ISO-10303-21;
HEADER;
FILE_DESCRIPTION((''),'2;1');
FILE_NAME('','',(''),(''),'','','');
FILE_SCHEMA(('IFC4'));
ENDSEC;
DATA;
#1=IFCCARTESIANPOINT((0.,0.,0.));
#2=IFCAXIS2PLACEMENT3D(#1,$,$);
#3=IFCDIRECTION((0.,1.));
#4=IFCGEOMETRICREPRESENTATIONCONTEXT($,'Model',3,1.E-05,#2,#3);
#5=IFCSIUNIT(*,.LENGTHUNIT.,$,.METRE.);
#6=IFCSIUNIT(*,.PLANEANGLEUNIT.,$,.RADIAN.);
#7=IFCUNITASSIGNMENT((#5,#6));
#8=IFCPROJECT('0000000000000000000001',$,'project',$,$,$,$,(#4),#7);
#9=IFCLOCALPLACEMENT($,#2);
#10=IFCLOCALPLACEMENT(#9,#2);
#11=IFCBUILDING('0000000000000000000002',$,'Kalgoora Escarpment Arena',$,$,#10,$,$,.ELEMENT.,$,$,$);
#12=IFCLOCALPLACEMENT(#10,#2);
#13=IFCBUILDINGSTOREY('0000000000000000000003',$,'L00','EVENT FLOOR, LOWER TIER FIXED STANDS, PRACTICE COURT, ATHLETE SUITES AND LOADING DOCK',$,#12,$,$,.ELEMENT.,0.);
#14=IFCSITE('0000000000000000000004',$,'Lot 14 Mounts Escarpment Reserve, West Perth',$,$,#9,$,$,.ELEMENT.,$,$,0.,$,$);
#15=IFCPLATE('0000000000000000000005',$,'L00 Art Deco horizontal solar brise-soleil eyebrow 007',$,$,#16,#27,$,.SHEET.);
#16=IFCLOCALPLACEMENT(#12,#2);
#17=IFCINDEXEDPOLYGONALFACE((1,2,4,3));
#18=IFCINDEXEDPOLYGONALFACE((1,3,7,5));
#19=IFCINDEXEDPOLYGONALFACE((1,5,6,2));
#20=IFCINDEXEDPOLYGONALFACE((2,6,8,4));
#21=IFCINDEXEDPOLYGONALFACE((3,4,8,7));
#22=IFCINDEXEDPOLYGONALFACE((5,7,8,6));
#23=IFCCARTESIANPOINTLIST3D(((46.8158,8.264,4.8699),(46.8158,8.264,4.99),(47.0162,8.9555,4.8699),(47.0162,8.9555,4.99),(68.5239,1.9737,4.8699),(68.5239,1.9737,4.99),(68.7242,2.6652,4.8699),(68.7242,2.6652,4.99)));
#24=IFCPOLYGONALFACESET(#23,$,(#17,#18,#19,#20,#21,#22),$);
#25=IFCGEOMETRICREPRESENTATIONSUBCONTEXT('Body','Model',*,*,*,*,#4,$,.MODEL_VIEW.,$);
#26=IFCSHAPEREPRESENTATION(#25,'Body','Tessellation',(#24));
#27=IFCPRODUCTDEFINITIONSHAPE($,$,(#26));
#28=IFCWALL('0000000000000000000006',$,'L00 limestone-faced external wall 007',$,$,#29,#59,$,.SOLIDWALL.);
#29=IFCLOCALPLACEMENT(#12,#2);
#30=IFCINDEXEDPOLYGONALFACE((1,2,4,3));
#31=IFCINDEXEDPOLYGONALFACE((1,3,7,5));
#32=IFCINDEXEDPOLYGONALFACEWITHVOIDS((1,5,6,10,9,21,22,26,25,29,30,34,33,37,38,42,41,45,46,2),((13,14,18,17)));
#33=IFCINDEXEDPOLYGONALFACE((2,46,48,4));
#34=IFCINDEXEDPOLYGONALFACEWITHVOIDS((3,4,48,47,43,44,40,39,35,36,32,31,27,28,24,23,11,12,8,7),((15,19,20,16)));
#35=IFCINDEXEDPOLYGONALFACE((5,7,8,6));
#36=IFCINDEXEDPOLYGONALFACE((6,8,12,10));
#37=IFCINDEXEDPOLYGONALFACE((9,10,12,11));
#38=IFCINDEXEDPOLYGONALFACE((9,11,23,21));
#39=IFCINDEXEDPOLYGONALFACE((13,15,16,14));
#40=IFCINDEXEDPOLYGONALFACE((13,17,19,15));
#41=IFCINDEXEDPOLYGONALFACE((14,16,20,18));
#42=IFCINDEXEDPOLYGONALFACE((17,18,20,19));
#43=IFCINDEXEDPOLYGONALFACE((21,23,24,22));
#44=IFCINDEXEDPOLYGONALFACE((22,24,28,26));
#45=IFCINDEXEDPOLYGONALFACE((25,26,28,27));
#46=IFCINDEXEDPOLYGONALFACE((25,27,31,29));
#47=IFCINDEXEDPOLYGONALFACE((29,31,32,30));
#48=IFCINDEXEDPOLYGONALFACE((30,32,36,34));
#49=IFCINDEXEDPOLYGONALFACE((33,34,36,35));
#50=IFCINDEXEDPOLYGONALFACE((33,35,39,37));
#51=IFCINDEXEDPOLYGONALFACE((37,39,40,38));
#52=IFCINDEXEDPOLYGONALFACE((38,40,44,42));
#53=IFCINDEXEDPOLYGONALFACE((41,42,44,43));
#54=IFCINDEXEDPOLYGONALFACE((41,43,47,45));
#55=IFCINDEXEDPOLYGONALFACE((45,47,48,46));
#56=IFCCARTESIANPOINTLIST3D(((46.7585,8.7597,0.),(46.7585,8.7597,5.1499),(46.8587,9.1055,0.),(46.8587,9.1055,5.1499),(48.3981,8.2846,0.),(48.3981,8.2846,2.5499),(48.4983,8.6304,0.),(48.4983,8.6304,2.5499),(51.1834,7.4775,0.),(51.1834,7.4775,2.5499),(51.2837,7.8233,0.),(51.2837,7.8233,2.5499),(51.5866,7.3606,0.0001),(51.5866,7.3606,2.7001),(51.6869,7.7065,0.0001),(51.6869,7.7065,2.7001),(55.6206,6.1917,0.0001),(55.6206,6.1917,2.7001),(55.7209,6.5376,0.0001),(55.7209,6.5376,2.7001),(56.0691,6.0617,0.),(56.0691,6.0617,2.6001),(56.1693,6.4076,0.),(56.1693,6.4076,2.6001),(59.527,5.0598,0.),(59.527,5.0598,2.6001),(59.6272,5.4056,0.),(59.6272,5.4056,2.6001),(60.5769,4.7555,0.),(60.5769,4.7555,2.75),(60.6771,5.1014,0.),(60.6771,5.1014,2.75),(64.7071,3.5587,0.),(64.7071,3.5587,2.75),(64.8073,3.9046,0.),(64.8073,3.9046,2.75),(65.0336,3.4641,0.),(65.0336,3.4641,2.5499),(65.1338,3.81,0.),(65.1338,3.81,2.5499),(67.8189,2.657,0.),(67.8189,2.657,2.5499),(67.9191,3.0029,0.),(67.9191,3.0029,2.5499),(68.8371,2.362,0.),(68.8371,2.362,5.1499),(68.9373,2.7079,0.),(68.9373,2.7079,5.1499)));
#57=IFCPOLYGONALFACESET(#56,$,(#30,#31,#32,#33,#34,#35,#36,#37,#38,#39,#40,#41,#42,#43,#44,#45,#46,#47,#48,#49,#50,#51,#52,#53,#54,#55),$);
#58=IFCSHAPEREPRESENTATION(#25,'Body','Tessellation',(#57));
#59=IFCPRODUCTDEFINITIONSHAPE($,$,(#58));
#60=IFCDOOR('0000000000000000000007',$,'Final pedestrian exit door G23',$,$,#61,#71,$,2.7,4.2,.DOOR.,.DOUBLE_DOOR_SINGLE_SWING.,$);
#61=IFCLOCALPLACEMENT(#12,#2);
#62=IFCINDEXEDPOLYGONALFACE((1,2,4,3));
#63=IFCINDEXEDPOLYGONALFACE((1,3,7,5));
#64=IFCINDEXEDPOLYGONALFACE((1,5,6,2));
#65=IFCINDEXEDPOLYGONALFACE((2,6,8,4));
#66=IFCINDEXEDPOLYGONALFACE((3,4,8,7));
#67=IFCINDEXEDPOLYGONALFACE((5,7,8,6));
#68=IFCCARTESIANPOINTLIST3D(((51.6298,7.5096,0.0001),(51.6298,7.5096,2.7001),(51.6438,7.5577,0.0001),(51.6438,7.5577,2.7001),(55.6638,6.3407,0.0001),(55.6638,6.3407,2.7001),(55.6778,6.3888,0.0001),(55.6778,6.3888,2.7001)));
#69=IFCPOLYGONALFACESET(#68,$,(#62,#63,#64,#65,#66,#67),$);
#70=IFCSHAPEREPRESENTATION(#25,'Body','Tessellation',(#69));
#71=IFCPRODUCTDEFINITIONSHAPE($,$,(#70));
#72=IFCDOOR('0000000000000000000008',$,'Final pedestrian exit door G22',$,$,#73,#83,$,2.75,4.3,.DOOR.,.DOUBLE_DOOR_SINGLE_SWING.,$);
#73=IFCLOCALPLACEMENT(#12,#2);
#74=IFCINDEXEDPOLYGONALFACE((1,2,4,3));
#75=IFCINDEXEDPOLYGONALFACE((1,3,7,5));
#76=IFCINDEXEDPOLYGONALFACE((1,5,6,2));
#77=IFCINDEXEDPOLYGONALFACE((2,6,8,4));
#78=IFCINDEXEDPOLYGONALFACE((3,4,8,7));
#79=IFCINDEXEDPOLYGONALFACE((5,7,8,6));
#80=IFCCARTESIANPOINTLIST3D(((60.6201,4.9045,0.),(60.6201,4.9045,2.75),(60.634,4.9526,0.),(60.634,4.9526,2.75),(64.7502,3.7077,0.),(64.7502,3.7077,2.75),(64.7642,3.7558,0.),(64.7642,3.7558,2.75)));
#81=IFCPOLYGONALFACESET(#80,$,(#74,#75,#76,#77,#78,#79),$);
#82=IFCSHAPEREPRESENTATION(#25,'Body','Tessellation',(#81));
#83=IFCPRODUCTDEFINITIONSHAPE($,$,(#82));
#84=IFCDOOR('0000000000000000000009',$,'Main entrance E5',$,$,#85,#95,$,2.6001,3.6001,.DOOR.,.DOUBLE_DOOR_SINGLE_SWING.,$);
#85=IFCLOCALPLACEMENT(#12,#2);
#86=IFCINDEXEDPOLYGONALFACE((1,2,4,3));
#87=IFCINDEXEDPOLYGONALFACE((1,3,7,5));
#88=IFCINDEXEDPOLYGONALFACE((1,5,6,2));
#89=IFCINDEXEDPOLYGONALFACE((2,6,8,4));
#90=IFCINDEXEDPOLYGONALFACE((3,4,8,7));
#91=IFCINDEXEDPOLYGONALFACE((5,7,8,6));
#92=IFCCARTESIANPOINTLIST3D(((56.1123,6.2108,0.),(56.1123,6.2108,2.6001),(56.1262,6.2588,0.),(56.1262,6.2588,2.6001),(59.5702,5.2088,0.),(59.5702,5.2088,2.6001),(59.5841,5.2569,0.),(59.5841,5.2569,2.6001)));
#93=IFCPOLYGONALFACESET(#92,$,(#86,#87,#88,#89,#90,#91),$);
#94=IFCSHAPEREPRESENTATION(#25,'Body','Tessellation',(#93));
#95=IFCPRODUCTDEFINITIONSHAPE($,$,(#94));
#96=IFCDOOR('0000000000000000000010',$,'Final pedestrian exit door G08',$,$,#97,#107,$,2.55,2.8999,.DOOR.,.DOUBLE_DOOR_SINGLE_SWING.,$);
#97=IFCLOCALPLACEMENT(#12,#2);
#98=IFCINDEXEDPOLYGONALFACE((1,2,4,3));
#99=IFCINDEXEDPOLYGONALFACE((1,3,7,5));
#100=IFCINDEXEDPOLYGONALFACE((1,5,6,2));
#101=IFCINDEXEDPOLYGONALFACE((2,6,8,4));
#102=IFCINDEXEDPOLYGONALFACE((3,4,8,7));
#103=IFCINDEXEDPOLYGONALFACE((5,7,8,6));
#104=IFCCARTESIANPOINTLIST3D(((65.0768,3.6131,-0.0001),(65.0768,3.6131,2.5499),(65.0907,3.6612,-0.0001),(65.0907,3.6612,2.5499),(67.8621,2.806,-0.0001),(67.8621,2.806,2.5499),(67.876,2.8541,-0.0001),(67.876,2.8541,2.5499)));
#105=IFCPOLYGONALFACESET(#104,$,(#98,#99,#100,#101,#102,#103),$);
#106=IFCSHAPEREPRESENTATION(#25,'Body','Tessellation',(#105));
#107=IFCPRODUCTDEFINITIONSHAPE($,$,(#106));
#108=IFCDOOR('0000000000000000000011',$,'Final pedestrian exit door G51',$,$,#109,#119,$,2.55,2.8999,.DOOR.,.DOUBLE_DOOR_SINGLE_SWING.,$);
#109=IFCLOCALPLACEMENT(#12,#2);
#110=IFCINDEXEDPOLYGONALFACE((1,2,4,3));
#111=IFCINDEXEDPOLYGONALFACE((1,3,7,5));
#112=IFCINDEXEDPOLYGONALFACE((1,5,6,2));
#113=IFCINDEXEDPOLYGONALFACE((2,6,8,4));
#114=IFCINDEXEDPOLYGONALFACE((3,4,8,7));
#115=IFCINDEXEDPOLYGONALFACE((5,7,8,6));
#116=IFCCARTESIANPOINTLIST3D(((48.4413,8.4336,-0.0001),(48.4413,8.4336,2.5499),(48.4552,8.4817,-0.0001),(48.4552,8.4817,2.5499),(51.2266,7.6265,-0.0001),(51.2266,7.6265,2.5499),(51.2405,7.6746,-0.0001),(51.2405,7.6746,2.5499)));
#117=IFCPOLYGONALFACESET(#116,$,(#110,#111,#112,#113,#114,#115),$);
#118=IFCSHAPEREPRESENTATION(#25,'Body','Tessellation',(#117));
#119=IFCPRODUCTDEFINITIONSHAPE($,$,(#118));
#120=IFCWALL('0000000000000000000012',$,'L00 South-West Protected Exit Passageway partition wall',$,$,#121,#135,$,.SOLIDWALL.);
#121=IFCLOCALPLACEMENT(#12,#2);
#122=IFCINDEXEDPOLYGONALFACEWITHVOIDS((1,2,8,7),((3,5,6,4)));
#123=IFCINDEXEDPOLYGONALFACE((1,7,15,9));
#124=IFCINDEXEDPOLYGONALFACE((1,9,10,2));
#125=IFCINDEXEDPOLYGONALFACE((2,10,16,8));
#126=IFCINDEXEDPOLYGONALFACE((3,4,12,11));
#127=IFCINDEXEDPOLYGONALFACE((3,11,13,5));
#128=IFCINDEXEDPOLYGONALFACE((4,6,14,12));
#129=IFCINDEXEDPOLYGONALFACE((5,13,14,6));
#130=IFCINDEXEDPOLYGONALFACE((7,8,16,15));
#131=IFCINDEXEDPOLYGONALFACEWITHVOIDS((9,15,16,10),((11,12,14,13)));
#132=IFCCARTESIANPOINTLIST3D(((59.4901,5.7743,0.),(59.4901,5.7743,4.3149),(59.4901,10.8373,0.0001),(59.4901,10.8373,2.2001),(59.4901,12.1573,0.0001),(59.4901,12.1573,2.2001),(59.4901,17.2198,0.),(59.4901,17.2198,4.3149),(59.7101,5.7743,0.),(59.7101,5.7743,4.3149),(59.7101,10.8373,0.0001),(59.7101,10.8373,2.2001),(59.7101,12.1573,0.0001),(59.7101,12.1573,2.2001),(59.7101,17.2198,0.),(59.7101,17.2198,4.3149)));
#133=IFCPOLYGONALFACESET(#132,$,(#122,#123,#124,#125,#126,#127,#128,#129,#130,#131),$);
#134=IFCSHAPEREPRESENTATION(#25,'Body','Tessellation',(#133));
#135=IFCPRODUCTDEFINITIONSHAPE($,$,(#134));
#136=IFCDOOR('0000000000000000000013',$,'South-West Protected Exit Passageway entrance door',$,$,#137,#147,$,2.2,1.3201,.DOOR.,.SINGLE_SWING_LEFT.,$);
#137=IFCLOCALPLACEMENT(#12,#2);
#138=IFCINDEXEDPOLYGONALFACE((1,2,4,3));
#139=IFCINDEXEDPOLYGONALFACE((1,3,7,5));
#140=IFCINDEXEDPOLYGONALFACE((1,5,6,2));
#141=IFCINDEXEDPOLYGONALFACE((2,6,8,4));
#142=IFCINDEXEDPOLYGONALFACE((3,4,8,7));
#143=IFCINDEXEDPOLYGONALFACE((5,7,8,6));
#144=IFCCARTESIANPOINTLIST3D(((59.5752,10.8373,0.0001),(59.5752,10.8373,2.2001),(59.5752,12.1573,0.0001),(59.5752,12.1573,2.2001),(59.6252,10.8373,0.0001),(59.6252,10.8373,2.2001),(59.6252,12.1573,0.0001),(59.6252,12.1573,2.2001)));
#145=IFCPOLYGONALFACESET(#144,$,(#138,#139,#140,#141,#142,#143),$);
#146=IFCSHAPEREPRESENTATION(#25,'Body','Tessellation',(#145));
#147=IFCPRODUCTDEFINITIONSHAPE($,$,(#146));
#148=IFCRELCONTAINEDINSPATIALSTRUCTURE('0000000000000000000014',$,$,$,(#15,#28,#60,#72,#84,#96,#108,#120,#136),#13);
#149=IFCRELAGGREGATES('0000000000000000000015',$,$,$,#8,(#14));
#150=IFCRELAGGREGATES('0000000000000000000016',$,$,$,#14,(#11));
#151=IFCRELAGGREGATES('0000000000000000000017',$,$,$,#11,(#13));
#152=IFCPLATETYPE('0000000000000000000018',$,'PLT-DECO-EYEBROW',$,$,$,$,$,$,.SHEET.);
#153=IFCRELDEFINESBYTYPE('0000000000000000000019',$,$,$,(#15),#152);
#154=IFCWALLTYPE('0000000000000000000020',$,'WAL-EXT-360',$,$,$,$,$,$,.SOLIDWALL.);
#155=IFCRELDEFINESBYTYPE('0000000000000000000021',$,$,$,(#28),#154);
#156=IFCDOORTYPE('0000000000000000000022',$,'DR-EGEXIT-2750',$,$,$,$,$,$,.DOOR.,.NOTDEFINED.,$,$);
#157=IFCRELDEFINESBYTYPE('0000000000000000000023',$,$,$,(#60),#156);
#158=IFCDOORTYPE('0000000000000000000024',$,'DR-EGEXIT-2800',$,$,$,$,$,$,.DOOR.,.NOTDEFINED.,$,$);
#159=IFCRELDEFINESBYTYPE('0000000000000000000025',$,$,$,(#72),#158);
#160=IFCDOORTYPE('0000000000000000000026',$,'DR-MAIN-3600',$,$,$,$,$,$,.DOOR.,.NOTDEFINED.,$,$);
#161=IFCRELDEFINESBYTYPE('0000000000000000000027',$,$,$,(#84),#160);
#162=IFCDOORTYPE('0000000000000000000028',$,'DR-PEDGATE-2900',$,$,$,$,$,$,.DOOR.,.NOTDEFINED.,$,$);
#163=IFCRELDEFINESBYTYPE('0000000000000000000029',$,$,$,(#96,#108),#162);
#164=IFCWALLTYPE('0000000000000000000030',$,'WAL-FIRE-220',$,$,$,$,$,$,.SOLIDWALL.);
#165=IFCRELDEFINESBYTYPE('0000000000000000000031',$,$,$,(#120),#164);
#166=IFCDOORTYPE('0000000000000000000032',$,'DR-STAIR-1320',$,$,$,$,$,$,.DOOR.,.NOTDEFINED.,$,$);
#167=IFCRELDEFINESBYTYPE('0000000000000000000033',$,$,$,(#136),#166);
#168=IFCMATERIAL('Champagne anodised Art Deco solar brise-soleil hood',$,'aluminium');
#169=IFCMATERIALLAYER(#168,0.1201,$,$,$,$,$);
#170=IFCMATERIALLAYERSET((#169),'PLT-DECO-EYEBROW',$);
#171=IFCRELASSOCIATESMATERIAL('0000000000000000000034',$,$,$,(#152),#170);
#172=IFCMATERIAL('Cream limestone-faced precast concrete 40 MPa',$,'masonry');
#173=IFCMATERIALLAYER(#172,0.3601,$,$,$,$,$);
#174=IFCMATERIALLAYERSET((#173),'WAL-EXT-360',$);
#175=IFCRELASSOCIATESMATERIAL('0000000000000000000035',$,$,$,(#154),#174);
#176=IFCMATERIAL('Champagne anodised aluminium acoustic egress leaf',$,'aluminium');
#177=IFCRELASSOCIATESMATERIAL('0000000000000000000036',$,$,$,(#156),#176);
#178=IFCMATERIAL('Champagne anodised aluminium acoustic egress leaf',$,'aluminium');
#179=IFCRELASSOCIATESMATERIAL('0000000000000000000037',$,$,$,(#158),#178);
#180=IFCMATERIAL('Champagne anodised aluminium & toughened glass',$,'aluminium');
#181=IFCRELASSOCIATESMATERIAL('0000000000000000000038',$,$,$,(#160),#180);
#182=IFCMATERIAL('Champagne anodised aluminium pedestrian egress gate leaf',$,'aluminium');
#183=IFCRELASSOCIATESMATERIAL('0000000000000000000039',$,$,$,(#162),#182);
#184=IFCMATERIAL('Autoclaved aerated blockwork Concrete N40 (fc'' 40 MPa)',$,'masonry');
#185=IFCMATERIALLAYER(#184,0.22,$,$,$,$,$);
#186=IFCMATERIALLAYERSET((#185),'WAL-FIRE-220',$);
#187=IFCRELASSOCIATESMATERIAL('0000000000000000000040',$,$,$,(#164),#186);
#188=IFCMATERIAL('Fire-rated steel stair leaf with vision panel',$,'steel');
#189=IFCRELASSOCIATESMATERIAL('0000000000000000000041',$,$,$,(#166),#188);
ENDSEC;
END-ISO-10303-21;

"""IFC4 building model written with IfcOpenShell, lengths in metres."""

from ifc_helpers import new_model, si_unit, direction, frame, frame_2d, origin, origin_2d, place, context, subcontext, project, spatial, rectangle, extrude, material, layer, layer_set, type_object, element, fill, save


model = new_model("IFC4")

# Units and contexts
model_context = context("Model", 3, precision=1e-05, world=origin(), true_north=direction((0.0, 1.0)))
body_context = subcontext(model_context, "Body", "Model", "MODEL_VIEW")
ifc_project = project(units=[si_unit("LENGTHUNIT", "METRE"), si_unit("PLANEANGLEUNIT", "RADIAN")], contexts=[model_context])

# Site, building, storey
site_placement = place(None, origin())
site = spatial("IfcSite", under=ifc_project, at=site_placement, Name="Lot 14 Mounts Escarpment Reserve, West Perth", CompositionType="ELEMENT", RefElevation=0.0)
building_placement = place(site_placement, origin())
building = spatial("IfcBuilding", under=site, at=building_placement, Name="Kalgoora Escarpment Arena", CompositionType="ELEMENT")
storey_placement = place(building_placement, origin())
storey = spatial("IfcBuildingStorey", under=building, at=storey_placement, Name="L00", Description="EVENT FLOOR, LOWER TIER FIXED STANDS, PRACTICE COURT, ATHLETE SUITES AND LOADING DOCK", CompositionType="ELEMENT", Elevation=0.0)

# Plate
ifc_material_1 = material(Name="Champagne anodised Art Deco solar brise-soleil hood", Category="aluminium")
ifc_layer_1 = layer(ifc_material_1, 0.1201)
ifc_layer_set_1 = layer_set([ifc_layer_1], Name="PLT-DECO-EYEBROW")
plate_type = type_object("IfcPlateType", Name="PLT-DECO-EYEBROW", PredefinedType="SHEET", material=ifc_layer_set_1)
plate_placement = place(storey_placement, frame((57.77, 5.4646, 4.8699), z_axis=(0.0, 0.0, 1.0), x_axis=(-0.960488, 0.278321, 0.0)))
element("IfcPlate", 1, at=plate_placement, inside=storey, type_object=plate_type, Name="L00 Art Deco horizontal solar brise-soleil eyebrow 007", PredefinedType="SHEET", context=body_context, shape_type="SweptSolid", body=[
    extrude(rectangle(XDim=22.6011, YDim=0.72, at=origin_2d()), origin(), (0.0, 0.0, 1.0), 0.1201),
])

# Wall, openings, doors
ifc_material_2 = material(Name="Cream limestone-faced precast concrete 40 MPa", Category="masonry")
ifc_layer_2 = layer(ifc_material_2, 0.3601)
ifc_layer_set_2 = layer_set([ifc_layer_2], Name="WAL-EXT-360")
wall_type_1 = type_object("IfcWallType", Name="WAL-EXT-360", PredefinedType="SOLIDWALL", material=ifc_layer_set_2)
wall_1_placement = place(storey_placement, frame((68.8872, 2.5349, 0.0), z_axis=(0.0, 0.0, 1.0), x_axis=(-0.960488, 0.27832, 0.0)))
wall_1 = element("IfcWall", 2, at=wall_1_placement, inside=storey, type_object=wall_type_1, Name="L00 limestone-faced external wall 007", PredefinedType="SOLIDWALL", context=body_context, shape_type="SweptSolid", body=[
    extrude(rectangle(XDim=22.9868, YDim=0.3601, at=frame_2d((11.4934, 0.0))), origin(), (0.0, 0.0, 1.0), 5.1499),
])
opening_1_placement = place(wall_1_placement, frame((1.0601, 0.0, 0.0)))
opening_1 = element("IfcOpeningElement", 3, at=opening_1_placement, cuts=wall_1, PredefinedType="OPENING", context=body_context, shape_type="SweptSolid", body=[
    extrude(rectangle(XDim=2.8999, YDim=2.55, at=frame_2d((1.45, 1.2749))), frame((0.0, 0.1899, 0.0), z_axis=(0.0, -1.0, 0.0), x_axis=(1.0, 0.0, 0.0)), (0.0, 0.0, 1.0), 0.3801),
])
opening_2_placement = place(wall_1_placement, frame((9.6931, 0.0, 0.0)))
opening_2 = element("IfcOpeningElement", 4, at=opening_2_placement, cuts=wall_1, PredefinedType="OPENING", context=body_context, shape_type="SweptSolid", body=[
    extrude(rectangle(XDim=3.6001, YDim=2.6001, at=frame_2d((1.8, 1.3))), frame((0.0, 0.1899, 0.0), z_axis=(0.0, -1.0, 0.0), x_axis=(1.0, 0.0, 0.0)), (0.0, 0.0, 1.0), 0.3801),
])
opening_3_placement = place(wall_1_placement, frame((4.3, 0.0, 0.0)))
opening_3 = element("IfcOpeningElement", 5, at=opening_3_placement, cuts=wall_1, PredefinedType="OPENING", context=body_context, shape_type="SweptSolid", body=[
    extrude(rectangle(XDim=4.3, YDim=2.75, at=frame_2d((2.1499, 1.375))), frame((0.0, 0.1899, 0.0), z_axis=(0.0, -1.0, 0.0), x_axis=(1.0, 0.0, 0.0)), (0.0, 0.0, 1.0), 0.3801),
])
opening_4_placement = place(wall_1_placement, frame((13.76, 0.0, 0.0)))
opening_4 = element("IfcOpeningElement", 6, at=opening_4_placement, cuts=wall_1, PredefinedType="OPENING", context=body_context, shape_type="SweptSolid", body=[
    extrude(rectangle(XDim=4.2, YDim=2.7, at=frame_2d((2.1001, 1.3501))), frame((0.0, 0.1899, 0.0), z_axis=(0.0, -1.0, 0.0), x_axis=(1.0, 0.0, 0.0)), (0.0, 0.0, 1.0), 0.3801),
])
opening_5_placement = place(wall_1_placement, frame((18.3799, 0.0, 0.0)))
opening_5 = element("IfcOpeningElement", 7, at=opening_5_placement, cuts=wall_1, PredefinedType="OPENING", context=body_context, shape_type="SweptSolid", body=[
    extrude(rectangle(XDim=2.8999, YDim=2.55, at=frame_2d((1.45, 1.2749))), frame((0.0, 0.1899, 0.0), z_axis=(0.0, -1.0, 0.0), x_axis=(1.0, 0.0, 0.0)), (0.0, 0.0, 1.0), 0.3801),
])
ifc_material_3 = material(Name="Champagne anodised aluminium acoustic egress leaf", Category="aluminium")
door_type_1 = type_object("IfcDoorType", Name="DR-EGEXIT-2750", OperationType="NOTDEFINED", PredefinedType="DOOR", material=ifc_material_3)
door_1_placement = place(opening_4_placement, origin())
door_1 = element("IfcDoor", 8, at=door_1_placement, inside=storey, type_object=door_type_1, Name="Final pedestrian exit door G23", OperationType="DOUBLE_DOOR_SINGLE_SWING", OverallHeight=2.7, OverallWidth=4.2, PredefinedType="DOOR", context=body_context, shape_type="SweptSolid", body=[
    extrude(rectangle(XDim=4.2, YDim=2.7, at=frame_2d((2.1001, 1.3501))), frame((0.0, 0.0249, 0.0), z_axis=(0.0, -1.0, 0.0), x_axis=(1.0, 0.0, 0.0)), (0.0, 0.0, 1.0), 0.05),
])
fill(opening_4, door_1)
ifc_material_4 = material(Name="Champagne anodised aluminium acoustic egress leaf", Category="aluminium")
door_type_2 = type_object("IfcDoorType", Name="DR-EGEXIT-2800", OperationType="NOTDEFINED", PredefinedType="DOOR", material=ifc_material_4)
door_2_placement = place(opening_3_placement, origin())
door_2 = element("IfcDoor", 9, at=door_2_placement, inside=storey, type_object=door_type_2, Name="Final pedestrian exit door G22", OperationType="DOUBLE_DOOR_SINGLE_SWING", OverallHeight=2.75, OverallWidth=4.3, PredefinedType="DOOR", context=body_context, shape_type="SweptSolid", body=[
    extrude(rectangle(XDim=4.3, YDim=2.75, at=frame_2d((2.1499, 1.375))), frame((0.0, 0.0249, 0.0), z_axis=(0.0, -1.0, 0.0), x_axis=(1.0, 0.0, 0.0)), (0.0, 0.0, 1.0), 0.05),
])
fill(opening_3, door_2)
ifc_material_5 = material(Name="Champagne anodised aluminium & toughened glass", Category="aluminium")
door_type_3 = type_object("IfcDoorType", Name="DR-MAIN-3600", OperationType="NOTDEFINED", PredefinedType="DOOR", material=ifc_material_5)
door_3_placement = place(opening_2_placement, origin())
door_3 = element("IfcDoor", 10, at=door_3_placement, inside=storey, type_object=door_type_3, Name="Main entrance E5", OperationType="DOUBLE_DOOR_SINGLE_SWING", OverallHeight=2.6001, OverallWidth=3.6001, PredefinedType="DOOR", context=body_context, shape_type="SweptSolid", body=[
    extrude(rectangle(XDim=3.6001, YDim=2.6001, at=frame_2d((1.8, 1.3))), frame((0.0, 0.0249, 0.0), z_axis=(0.0, -1.0, 0.0), x_axis=(1.0, 0.0, 0.0)), (0.0, 0.0, 1.0), 0.05),
])
fill(opening_2, door_3)
ifc_material_6 = material(Name="Champagne anodised aluminium pedestrian egress gate leaf", Category="aluminium")
door_type_4 = type_object("IfcDoorType", Name="DR-PEDGATE-2900", OperationType="NOTDEFINED", PredefinedType="DOOR", material=ifc_material_6)
door_4_placement = place(opening_1_placement, origin())
door_4 = element("IfcDoor", 11, at=door_4_placement, inside=storey, type_object=door_type_4, Name="Final pedestrian exit door G08", OperationType="DOUBLE_DOOR_SINGLE_SWING", OverallHeight=2.55, OverallWidth=2.8999, PredefinedType="DOOR", context=body_context, shape_type="SweptSolid", body=[
    extrude(rectangle(XDim=2.8999, YDim=2.55, at=frame_2d((1.45, 1.2749))), frame((0.0, 0.0249, 0.0), z_axis=(0.0, -1.0, 0.0), x_axis=(1.0, 0.0, 0.0)), (0.0, 0.0, 1.0), 0.05),
])
fill(opening_1, door_4)
door_5_placement = place(opening_5_placement, origin())
door_5 = element("IfcDoor", 12, at=door_5_placement, inside=storey, type_object=door_type_4, Name="Final pedestrian exit door G51", OperationType="DOUBLE_DOOR_SINGLE_SWING", OverallHeight=2.55, OverallWidth=2.8999, PredefinedType="DOOR", context=body_context, shape_type="SweptSolid", body=[
    extrude(rectangle(XDim=2.8999, YDim=2.55, at=frame_2d((1.45, 1.2749))), frame((0.0, 0.0249, 0.0), z_axis=(0.0, -1.0, 0.0), x_axis=(1.0, 0.0, 0.0)), (0.0, 0.0, 1.0), 0.05),
])
fill(opening_5, door_5)

# Wall, opening, door
ifc_material_7 = material(Name="Autoclaved aerated blockwork Concrete N40 (fc' 40 MPa)", Category="masonry")
ifc_layer_3 = layer(ifc_material_7, 0.22)
ifc_layer_set_3 = layer_set([ifc_layer_3], Name="WAL-FIRE-220")
wall_type_2 = type_object("IfcWallType", Name="WAL-FIRE-220", PredefinedType="SOLIDWALL", material=ifc_layer_set_3)
wall_2_placement = place(storey_placement, frame((59.6001, 5.7744, 0.0), z_axis=(0.0, 0.0, 1.0), x_axis=(0.0, 1.0, 0.0)))
wall_2 = element("IfcWall", 13, at=wall_2_placement, inside=storey, type_object=wall_type_2, Name="L00 South-West Protected Exit Passageway partition wall", PredefinedType="SOLIDWALL", context=body_context, shape_type="SweptSolid", body=[
    extrude(rectangle(XDim=11.4456, YDim=0.22, at=frame_2d((5.7227, 0.0))), origin(), (0.0, 0.0, 1.0), 4.3149),
])
opening_6_placement = place(wall_2_placement, frame((5.0627, 0.0, 0.0)))
opening_6 = element("IfcOpeningElement", 14, at=opening_6_placement, cuts=wall_2, PredefinedType="OPENING", context=body_context, shape_type="SweptSolid", body=[
    extrude(rectangle(XDim=1.3201, YDim=2.2, at=frame_2d((0.6602, 1.1001))), frame((0.0, 0.1199, 0.0), z_axis=(0.0, -1.0, 0.0), x_axis=(1.0, 0.0, 0.0)), (0.0, 0.0, 1.0), 0.24),
])
ifc_material_8 = material(Name="Fire-rated steel stair leaf with vision panel", Category="steel")
door_type_5 = type_object("IfcDoorType", Name="DR-STAIR-1320", OperationType="NOTDEFINED", PredefinedType="DOOR", material=ifc_material_8)
door_6_placement = place(opening_6_placement, origin())
door_6 = element("IfcDoor", 15, at=door_6_placement, inside=storey, type_object=door_type_5, Name="South-West Protected Exit Passageway entrance door", OperationType="SINGLE_SWING_LEFT", OverallHeight=2.2, OverallWidth=1.3201, PredefinedType="DOOR", context=body_context, shape_type="SweptSolid", body=[
    extrude(rectangle(XDim=1.3201, YDim=2.2, at=frame_2d((0.6602, 1.1001))), frame((0.0, 0.0249, 0.0), z_axis=(0.0, -1.0, 0.0), x_axis=(1.0, 0.0, 0.0)), (0.0, 0.0, 1.0), 0.05),
])
fill(opening_6, door_6)

save(model, "model.ifc")
